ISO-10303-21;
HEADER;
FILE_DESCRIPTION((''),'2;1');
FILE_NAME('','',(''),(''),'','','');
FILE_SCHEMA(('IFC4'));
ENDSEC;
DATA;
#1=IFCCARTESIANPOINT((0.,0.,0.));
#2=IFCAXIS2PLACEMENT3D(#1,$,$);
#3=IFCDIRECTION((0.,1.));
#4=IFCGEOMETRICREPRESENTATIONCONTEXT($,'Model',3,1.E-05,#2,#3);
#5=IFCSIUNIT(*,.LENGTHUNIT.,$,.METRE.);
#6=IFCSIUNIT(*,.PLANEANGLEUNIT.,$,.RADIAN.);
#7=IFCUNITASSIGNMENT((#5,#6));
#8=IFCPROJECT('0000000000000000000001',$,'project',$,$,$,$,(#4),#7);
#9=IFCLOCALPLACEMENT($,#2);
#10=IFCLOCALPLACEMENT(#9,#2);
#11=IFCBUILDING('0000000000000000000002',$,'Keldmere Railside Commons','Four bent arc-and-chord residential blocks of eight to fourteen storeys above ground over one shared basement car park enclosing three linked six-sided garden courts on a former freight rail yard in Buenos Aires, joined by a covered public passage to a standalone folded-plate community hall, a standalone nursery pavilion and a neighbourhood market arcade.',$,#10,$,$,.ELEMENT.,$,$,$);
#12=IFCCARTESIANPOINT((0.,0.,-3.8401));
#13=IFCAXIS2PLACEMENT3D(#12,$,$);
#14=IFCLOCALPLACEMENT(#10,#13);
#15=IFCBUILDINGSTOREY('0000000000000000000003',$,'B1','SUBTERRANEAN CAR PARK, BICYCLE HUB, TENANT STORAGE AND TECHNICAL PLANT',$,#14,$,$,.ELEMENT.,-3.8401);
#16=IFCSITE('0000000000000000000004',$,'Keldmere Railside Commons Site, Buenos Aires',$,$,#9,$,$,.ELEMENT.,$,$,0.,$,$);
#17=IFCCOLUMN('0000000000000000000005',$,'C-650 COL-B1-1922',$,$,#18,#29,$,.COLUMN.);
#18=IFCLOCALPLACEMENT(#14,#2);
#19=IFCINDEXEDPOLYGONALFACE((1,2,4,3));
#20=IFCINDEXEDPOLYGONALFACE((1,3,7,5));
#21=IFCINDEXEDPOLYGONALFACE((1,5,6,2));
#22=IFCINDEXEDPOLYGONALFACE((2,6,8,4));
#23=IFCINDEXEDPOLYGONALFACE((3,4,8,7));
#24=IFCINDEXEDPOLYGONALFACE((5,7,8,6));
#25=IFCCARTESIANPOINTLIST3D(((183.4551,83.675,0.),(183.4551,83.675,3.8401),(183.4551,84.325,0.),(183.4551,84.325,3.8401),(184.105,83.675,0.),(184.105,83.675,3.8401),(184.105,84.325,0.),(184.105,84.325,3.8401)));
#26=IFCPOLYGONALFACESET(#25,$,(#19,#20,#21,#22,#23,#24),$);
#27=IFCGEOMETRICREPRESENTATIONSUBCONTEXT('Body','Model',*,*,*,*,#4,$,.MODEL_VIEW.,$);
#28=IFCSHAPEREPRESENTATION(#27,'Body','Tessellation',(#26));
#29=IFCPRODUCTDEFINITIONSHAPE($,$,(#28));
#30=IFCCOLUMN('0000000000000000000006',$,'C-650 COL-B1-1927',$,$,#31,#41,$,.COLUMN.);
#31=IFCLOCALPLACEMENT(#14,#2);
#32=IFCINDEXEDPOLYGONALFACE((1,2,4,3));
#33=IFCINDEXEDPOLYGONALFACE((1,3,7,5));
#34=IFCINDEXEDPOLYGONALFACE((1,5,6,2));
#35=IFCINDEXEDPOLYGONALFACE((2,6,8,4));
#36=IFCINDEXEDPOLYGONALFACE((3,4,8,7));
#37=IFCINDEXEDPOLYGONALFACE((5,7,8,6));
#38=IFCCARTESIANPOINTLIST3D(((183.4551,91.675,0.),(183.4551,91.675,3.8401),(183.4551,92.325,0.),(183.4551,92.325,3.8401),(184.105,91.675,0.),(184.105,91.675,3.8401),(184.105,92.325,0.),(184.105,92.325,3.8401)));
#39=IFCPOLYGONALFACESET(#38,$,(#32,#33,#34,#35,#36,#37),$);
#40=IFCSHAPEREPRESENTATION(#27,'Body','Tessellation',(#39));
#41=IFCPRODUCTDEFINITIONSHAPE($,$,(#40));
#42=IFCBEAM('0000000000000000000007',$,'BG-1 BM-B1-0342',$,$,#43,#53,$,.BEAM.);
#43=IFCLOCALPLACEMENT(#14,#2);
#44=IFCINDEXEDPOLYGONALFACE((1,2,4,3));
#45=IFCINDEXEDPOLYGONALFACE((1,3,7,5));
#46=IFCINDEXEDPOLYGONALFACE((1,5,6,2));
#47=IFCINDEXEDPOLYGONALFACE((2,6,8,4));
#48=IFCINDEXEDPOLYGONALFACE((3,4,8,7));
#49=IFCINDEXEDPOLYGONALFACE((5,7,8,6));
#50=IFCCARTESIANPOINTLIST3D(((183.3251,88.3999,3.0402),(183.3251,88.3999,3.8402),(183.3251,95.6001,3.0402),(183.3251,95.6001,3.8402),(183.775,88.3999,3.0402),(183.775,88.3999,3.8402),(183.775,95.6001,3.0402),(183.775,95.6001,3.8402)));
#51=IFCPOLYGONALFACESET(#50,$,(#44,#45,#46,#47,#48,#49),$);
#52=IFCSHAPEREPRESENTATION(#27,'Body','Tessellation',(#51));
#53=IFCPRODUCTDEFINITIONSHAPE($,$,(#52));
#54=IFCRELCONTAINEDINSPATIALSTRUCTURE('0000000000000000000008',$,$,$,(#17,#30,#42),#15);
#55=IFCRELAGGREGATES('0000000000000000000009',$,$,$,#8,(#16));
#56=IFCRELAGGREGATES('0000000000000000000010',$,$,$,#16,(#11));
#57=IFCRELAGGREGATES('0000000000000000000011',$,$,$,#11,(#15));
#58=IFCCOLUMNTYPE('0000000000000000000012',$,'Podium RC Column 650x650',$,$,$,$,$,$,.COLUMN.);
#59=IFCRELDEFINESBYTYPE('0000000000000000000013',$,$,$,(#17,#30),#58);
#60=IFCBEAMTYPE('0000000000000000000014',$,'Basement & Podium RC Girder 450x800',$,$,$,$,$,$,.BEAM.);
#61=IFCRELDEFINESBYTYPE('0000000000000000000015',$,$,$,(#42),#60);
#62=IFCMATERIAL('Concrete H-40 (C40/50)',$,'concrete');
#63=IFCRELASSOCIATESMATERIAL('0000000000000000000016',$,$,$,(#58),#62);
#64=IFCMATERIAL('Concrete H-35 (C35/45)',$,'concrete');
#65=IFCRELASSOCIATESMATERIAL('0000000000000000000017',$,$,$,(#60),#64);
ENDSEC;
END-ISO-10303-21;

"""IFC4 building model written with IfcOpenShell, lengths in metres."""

from ifc_helpers import new_model, si_unit, direction, frame, origin, origin_2d, place, context, subcontext, project, spatial, rectangle, extrude, material, material_profile, profile_set, type_object, element, save


model = new_model("IFC4")

# Units and contexts
model_context = context("Model", 3, precision=1e-05, world=origin(), true_north=direction((0.0, 1.0)))
body_context = subcontext(model_context, "Body", "Model", "MODEL_VIEW")
ifc_project = project(units=[si_unit("LENGTHUNIT", "METRE"), si_unit("PLANEANGLEUNIT", "RADIAN")], contexts=[model_context])

# Site, building, storey
site_placement = place(None, origin())
site = spatial("IfcSite", under=ifc_project, at=site_placement, Name="Keldmere Railside Commons Site, Buenos Aires", CompositionType="ELEMENT", RefElevation=0.0)
building_placement = place(site_placement, origin())
building = spatial("IfcBuilding", under=site, at=building_placement, Name="Keldmere Railside Commons", Description="Four bent arc-and-chord residential blocks of eight to fourteen storeys above ground over one shared basement car park enclosing three linked six-sided garden courts on a former freight rail yard in Buenos Aires, joined by a covered public passage to a standalone folded-plate community hall, a standalone nursery pavilion and a neighbourhood market arcade.", CompositionType="ELEMENT")
storey_placement = place(building_placement, frame((0.0, 0.0, -3.8401)))
storey = spatial("IfcBuildingStorey", under=building, at=storey_placement, Name="B1", Description="SUBTERRANEAN CAR PARK, BICYCLE HUB, TENANT STORAGE AND TECHNICAL PLANT", CompositionType="ELEMENT", Elevation=-3.8401)

# Shared definitions
ifc_material_1 = material(Name="Concrete H-40 (C40/50)", Category="concrete")

# Columns
ifc_material_profile_1 = material_profile(ifc_material_1, rectangle(XDim=0.6499, YDim=0.6499, at=origin_2d()), Name="RC-650x650")
ifc_profile_set_1 = profile_set([ifc_material_profile_1], Name="Concrete H-40 (C40/50)")
column_type_1 = type_object("IfcColumnType", Name="Podium RC Column 650x650", PredefinedType="COLUMN", material=ifc_profile_set_1)
for number, where, z_axis, x_axis, name in (
    (1, (183.78, 84.0, 0.0), (0.0, 0.0, 1.0), (1.0, 0.0, 0.0), "C-650 COL-B1-1922"),
    (2, (183.78, 92.0, 0.0), (0.0, 0.0, 1.0), (1.0, 0.0, 0.0), "C-650 COL-B1-1927"),
):
    element("IfcColumn", number, at=place(storey_placement, frame(where, z_axis=z_axis, x_axis=x_axis)), inside=storey, type_object=column_type_1, Name=name, PredefinedType="COLUMN", context=body_context, shape_type="SweptSolid", body=[
        extrude(rectangle(XDim=0.6499, YDim=0.6499, at=origin_2d()), origin(), (0.0, 0.0, 1.0), 3.8401),
    ])

# Beam
ifc_material_2 = material(Name="Concrete H-35 (C35/45)", Category="concrete")
ifc_material_profile_2 = material_profile(ifc_material_2, rectangle(XDim=0.45, YDim=0.8, at=origin_2d()), Name="RC-450x800")
ifc_profile_set_2 = profile_set([ifc_material_profile_2], Name="Concrete H-35 (C35/45)")
beam_type = type_object("IfcBeamType", Name="Basement & Podium RC Girder 450x800", PredefinedType="BEAM", material=ifc_profile_set_2)
beam_placement = place(storey_placement, frame((183.55, 88.3999, 3.4402), z_axis=(0.0, 1.0, 0.0), x_axis=(-1.0, 0.0, 0.0)))
element("IfcBeam", 3, at=beam_placement, inside=storey, type_object=beam_type, Name="BG-1 BM-B1-0342", PredefinedType="BEAM", context=body_context, shape_type="SweptSolid", body=[
    extrude(rectangle(XDim=0.45, YDim=0.8, at=origin_2d()), origin(), (0.0, 0.0, 1.0), 7.2002),
])

save(model, "model.ifc")
